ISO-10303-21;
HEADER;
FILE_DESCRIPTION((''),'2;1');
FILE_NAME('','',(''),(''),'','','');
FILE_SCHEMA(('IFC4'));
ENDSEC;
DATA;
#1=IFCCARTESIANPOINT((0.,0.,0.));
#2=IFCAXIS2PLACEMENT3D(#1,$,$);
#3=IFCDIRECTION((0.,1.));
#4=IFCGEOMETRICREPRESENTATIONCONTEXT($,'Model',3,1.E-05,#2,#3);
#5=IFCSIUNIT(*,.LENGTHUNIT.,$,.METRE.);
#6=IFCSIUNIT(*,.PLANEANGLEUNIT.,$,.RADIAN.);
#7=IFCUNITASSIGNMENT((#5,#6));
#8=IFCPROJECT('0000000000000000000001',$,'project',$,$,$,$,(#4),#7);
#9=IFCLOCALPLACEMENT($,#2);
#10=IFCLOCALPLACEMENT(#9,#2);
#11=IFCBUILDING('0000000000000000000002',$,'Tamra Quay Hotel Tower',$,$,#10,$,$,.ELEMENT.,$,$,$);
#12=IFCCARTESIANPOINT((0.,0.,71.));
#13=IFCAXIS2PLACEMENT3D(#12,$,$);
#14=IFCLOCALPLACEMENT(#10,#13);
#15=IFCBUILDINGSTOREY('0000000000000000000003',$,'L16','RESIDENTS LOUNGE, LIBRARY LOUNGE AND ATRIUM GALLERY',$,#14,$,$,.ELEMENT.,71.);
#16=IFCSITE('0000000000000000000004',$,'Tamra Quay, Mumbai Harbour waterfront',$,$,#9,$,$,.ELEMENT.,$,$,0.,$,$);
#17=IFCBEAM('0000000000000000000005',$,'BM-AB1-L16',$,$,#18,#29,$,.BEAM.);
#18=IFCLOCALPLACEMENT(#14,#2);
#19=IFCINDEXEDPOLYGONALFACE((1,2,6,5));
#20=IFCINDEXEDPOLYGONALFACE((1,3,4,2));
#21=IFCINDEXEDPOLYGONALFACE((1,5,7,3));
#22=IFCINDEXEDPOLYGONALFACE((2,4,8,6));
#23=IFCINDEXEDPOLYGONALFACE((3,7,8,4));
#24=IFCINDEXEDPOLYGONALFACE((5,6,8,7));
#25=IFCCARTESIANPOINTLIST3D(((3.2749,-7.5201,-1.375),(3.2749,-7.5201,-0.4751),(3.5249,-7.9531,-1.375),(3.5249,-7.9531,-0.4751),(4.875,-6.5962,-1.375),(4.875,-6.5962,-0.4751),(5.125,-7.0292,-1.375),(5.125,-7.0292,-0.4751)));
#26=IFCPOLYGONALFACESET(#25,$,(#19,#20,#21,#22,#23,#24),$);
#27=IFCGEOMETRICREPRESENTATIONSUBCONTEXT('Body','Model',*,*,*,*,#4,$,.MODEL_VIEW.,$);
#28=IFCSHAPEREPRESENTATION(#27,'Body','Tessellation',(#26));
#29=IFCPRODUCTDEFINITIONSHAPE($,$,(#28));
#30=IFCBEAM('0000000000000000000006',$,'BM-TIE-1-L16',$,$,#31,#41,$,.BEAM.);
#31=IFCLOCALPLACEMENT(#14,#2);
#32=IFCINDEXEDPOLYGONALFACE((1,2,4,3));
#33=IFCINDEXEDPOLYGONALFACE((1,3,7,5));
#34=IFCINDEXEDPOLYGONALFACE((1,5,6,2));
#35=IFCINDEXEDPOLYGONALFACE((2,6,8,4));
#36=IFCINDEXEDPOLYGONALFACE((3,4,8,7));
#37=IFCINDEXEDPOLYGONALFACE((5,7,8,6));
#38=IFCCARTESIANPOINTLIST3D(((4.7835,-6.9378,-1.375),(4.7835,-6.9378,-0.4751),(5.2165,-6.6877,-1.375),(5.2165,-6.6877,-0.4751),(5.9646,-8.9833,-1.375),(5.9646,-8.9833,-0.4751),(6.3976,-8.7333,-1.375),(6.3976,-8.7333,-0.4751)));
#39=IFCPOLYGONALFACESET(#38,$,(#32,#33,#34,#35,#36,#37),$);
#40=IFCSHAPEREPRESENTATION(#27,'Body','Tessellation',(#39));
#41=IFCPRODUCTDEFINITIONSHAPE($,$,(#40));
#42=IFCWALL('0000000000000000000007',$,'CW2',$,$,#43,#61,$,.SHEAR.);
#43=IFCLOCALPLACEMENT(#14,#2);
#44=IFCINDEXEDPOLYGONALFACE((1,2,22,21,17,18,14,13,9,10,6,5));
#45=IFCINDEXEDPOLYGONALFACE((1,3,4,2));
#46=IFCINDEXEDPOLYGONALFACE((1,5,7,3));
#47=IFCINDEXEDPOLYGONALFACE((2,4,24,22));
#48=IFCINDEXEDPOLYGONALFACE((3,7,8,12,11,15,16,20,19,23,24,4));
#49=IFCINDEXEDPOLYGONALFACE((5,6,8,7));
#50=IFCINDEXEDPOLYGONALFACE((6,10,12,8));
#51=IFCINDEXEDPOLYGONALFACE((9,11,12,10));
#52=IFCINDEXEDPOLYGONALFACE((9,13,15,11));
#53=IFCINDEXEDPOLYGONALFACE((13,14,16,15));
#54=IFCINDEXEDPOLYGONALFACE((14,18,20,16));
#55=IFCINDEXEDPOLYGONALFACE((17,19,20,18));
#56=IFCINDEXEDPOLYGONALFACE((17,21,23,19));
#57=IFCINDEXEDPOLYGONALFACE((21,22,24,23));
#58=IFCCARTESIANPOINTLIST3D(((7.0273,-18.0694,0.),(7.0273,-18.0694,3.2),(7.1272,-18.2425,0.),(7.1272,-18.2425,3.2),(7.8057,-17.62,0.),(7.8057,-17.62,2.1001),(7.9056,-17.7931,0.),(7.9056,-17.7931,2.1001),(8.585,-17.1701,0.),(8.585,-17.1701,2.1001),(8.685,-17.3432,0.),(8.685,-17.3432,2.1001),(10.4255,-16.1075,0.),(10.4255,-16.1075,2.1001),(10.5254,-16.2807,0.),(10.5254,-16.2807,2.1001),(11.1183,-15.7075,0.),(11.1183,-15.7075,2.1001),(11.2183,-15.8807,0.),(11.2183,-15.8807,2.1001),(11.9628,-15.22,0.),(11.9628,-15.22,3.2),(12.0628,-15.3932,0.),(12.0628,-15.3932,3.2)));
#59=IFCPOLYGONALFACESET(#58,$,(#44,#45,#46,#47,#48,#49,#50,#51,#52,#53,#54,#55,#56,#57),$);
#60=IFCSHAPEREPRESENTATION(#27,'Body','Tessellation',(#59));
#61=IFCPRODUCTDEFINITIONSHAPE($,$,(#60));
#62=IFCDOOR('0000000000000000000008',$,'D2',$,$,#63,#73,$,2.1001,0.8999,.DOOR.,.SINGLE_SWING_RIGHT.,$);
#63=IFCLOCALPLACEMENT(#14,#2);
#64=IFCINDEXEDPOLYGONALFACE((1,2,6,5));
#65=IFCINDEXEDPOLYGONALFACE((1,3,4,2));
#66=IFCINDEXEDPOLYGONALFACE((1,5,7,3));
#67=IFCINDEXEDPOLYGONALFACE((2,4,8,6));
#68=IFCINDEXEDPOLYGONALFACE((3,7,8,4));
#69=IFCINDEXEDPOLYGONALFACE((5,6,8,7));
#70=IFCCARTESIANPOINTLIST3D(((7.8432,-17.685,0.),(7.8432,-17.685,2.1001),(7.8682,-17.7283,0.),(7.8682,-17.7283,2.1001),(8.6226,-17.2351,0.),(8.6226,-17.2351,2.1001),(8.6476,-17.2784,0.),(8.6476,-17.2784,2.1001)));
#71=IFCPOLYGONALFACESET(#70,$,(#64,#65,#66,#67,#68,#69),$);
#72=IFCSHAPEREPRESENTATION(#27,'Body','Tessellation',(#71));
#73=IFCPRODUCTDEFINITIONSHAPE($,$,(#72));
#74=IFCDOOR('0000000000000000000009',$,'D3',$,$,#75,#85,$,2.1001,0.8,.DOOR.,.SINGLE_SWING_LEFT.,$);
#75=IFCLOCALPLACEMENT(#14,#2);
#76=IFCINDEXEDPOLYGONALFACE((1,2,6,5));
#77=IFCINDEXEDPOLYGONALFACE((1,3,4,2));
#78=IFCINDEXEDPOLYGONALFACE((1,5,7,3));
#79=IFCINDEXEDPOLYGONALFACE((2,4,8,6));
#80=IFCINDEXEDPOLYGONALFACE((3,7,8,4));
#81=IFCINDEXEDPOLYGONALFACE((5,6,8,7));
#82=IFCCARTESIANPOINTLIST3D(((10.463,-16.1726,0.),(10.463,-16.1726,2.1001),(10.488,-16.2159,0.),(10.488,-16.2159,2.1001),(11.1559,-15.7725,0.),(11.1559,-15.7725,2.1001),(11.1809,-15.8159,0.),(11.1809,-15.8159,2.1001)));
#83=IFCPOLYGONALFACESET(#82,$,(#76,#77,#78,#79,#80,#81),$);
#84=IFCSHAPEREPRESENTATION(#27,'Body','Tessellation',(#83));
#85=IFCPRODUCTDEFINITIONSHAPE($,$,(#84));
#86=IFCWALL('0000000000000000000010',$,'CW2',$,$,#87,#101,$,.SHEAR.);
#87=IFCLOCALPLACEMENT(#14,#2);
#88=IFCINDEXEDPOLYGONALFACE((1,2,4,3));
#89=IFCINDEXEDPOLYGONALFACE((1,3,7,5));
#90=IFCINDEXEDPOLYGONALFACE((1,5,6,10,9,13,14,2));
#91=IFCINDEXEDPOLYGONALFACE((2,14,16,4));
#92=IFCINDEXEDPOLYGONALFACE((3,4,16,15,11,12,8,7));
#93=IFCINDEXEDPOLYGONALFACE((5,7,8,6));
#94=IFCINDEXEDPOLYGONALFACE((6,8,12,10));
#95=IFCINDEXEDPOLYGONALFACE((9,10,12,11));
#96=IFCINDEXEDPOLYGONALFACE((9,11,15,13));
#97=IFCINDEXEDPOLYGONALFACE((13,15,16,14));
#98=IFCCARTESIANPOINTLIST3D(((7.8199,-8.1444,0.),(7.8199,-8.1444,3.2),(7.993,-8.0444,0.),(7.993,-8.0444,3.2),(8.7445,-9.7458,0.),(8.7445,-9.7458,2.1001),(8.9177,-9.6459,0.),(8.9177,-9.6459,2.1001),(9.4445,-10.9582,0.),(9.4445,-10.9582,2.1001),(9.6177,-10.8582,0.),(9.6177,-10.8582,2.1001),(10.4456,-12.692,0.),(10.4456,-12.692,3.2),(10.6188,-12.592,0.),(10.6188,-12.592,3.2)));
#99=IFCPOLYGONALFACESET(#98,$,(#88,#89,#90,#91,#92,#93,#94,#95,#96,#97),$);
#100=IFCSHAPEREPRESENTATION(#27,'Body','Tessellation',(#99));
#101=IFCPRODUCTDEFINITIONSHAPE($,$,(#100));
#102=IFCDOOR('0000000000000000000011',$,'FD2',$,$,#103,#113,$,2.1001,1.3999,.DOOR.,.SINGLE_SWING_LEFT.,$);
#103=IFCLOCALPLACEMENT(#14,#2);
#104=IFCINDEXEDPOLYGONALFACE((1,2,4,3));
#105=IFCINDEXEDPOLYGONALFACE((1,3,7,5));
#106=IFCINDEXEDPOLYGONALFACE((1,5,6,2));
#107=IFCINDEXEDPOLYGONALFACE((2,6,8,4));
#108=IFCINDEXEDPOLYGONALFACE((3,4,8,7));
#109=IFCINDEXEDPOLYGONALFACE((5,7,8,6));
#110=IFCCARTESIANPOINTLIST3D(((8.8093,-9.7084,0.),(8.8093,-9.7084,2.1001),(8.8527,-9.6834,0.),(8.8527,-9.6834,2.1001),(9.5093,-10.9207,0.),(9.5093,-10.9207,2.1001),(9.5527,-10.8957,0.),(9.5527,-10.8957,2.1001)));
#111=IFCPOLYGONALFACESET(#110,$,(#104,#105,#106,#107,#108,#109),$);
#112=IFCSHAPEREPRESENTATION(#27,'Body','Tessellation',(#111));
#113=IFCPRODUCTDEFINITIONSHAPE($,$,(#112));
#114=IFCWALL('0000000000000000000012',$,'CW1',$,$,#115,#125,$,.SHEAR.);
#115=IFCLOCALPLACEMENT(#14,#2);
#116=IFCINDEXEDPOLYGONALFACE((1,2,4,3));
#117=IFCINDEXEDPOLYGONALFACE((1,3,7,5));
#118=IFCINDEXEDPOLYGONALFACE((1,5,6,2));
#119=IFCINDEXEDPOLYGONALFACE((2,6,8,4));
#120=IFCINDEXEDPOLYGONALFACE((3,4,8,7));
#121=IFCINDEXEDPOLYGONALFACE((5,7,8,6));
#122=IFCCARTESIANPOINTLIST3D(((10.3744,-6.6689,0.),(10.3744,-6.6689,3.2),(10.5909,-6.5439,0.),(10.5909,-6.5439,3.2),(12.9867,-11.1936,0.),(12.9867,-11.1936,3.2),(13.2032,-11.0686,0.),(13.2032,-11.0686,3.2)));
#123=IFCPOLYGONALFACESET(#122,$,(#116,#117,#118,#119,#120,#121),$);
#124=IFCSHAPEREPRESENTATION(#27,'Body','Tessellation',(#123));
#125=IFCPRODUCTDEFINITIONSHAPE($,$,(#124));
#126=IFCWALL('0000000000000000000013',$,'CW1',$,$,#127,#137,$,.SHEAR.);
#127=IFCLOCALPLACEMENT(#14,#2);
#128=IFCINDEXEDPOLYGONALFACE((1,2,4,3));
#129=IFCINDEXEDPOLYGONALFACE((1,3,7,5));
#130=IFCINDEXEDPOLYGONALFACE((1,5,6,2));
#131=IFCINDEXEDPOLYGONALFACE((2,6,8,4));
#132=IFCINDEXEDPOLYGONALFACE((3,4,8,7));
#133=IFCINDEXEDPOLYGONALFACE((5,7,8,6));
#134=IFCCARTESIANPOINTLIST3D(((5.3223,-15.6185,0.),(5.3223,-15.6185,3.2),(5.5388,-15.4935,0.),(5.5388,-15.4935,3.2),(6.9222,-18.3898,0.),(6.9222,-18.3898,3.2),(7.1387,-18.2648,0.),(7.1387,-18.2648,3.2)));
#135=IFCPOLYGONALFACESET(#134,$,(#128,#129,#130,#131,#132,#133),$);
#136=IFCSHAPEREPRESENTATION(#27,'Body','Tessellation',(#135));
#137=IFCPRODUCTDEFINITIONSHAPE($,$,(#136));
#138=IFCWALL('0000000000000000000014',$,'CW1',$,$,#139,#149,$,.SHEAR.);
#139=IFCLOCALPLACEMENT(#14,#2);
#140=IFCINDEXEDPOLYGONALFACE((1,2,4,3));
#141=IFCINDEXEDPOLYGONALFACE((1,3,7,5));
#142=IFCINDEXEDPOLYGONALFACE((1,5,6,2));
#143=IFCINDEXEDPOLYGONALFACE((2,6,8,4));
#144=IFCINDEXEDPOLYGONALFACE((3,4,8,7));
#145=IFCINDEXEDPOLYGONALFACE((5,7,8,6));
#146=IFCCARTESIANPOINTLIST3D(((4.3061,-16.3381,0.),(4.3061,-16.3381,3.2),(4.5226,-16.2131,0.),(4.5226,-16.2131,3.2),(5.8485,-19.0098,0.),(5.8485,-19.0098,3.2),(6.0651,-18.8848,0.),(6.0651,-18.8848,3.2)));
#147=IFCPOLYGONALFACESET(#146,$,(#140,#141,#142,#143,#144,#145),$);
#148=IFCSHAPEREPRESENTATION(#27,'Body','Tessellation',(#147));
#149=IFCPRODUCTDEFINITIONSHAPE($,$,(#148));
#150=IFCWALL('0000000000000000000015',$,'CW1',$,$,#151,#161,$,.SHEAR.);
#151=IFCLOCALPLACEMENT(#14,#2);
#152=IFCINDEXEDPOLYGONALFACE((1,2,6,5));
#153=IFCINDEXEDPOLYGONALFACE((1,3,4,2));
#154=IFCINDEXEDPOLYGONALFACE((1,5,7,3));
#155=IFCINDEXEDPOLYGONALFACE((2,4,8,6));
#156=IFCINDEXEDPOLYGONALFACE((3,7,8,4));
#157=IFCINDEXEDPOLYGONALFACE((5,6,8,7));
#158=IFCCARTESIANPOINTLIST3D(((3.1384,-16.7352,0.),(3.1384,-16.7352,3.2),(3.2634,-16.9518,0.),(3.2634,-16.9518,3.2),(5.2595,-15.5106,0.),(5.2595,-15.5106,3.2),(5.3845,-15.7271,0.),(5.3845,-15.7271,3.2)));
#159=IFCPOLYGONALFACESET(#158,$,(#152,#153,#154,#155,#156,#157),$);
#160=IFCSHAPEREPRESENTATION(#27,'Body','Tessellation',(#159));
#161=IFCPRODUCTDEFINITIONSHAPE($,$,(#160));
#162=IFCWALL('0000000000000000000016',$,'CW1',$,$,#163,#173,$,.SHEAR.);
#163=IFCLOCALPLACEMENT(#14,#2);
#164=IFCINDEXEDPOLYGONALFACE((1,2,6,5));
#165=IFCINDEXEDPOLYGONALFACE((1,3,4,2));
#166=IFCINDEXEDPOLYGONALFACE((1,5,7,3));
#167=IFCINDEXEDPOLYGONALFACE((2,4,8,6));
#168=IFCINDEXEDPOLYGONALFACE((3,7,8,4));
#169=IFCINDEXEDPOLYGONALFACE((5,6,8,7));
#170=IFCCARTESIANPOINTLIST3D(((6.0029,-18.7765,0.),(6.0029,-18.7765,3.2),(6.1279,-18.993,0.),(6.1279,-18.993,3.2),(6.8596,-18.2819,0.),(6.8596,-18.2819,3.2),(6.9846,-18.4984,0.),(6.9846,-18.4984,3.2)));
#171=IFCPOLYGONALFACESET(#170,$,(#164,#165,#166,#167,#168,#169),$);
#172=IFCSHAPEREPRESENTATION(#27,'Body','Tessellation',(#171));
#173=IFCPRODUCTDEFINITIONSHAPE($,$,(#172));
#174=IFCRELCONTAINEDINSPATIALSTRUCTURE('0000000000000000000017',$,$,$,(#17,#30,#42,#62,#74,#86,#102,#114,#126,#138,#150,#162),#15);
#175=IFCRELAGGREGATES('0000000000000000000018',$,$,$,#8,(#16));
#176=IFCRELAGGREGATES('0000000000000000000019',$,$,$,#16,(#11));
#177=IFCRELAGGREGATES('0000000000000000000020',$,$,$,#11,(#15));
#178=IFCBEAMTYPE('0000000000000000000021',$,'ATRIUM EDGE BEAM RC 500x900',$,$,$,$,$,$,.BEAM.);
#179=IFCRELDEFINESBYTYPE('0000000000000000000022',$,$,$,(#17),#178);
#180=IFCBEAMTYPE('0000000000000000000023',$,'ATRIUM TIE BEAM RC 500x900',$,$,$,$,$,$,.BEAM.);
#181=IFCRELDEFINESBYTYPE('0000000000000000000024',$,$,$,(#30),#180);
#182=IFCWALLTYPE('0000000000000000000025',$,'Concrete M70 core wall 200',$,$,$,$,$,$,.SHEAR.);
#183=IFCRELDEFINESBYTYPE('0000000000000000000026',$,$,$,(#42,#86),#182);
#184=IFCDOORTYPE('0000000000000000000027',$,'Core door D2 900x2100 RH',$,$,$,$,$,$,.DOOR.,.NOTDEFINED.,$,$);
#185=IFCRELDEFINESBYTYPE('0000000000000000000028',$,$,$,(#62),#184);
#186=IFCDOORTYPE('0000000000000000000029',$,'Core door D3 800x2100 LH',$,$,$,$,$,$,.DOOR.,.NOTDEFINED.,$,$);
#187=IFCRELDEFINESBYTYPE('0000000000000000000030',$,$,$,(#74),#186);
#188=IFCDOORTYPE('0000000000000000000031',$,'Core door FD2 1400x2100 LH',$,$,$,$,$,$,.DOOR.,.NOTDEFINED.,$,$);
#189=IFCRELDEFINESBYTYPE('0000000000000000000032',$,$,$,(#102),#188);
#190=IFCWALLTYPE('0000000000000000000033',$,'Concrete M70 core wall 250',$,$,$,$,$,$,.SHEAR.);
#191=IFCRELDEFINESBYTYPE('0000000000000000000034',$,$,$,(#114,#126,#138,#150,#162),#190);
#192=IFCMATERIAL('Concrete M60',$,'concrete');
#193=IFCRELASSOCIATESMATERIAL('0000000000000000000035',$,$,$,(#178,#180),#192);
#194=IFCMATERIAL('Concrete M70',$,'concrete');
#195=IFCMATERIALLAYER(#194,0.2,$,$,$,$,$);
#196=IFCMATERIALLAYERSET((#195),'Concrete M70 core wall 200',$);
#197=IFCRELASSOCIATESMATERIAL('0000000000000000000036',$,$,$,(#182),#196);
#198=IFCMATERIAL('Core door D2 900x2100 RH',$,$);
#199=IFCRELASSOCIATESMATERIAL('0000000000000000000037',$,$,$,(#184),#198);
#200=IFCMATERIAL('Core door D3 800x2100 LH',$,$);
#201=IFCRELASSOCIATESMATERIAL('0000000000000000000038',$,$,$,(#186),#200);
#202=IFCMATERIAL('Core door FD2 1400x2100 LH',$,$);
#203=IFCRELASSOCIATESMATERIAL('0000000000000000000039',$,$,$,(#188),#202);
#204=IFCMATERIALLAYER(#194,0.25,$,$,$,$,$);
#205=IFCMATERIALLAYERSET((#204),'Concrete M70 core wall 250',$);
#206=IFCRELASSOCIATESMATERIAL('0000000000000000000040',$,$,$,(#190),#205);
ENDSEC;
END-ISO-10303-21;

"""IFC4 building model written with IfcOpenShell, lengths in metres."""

from ifc_helpers import new_model, si_unit, direction, frame, frame_2d, origin, origin_2d, place, context, subcontext, project, spatial, rectangle, extrude, material, layer, layer_set, material_profile, profile_set, type_object, element, fill, save


model = new_model("IFC4")

# Units and contexts
model_context = context("Model", 3, precision=1e-05, world=origin(), true_north=direction((0.0, 1.0)))
body_context = subcontext(model_context, "Body", "Model", "MODEL_VIEW")
ifc_project = project(units=[si_unit("LENGTHUNIT", "METRE"), si_unit("PLANEANGLEUNIT", "RADIAN")], contexts=[model_context])

# Site, building, storey
site_placement = place(None, origin())
site = spatial("IfcSite", under=ifc_project, at=site_placement, Name="Tamra Quay, Mumbai Harbour waterfront", CompositionType="ELEMENT", RefElevation=0.0)
building_placement = place(site_placement, origin())
building = spatial("IfcBuilding", under=site, at=building_placement, Name="Tamra Quay Hotel Tower", CompositionType="ELEMENT")
storey_placement = place(building_placement, frame((0.0, 0.0, 71.0)))
storey = spatial("IfcBuildingStorey", under=building, at=storey_placement, Name="L16", Description="RESIDENTS LOUNGE, LIBRARY LOUNGE AND ATRIUM GALLERY", CompositionType="ELEMENT", Elevation=71.0)

# Beams
ifc_material_1 = material(Name="Concrete M60", Category="concrete")
ifc_material_profile_1 = material_profile(ifc_material_1, rectangle(XDim=0.5, YDim=0.8999, at=origin_2d()), Name="ATRIUM EDGE BEAM RC 500x900")
ifc_profile_set_1 = profile_set([ifc_material_profile_1], Name="Concrete M60")
beam_type_1 = type_object("IfcBeamType", Name="ATRIUM EDGE BEAM RC 500x900", PredefinedType="BEAM", material=ifc_profile_set_1)
beam_1_placement = place(storey_placement, frame((5.0, -6.8127, -0.925), z_axis=(-0.866023, -0.500005, 0.0), x_axis=(0.500005, -0.866023, 0.0)))
element("IfcBeam", 1, at=beam_1_placement, inside=storey, type_object=beam_type_1, Name="BM-AB1-L16", PredefinedType="BEAM", context=body_context, shape_type="SweptSolid", body=[
    extrude(rectangle(XDim=0.5, YDim=0.8999, at=origin_2d()), origin(), (0.0, 0.0, 1.0), 1.8477),
])
ifc_material_profile_2 = material_profile(ifc_material_1, rectangle(XDim=0.5, YDim=0.8999, at=origin_2d()), Name="ATRIUM TIE BEAM RC 500x900")
ifc_profile_set_2 = profile_set([ifc_material_profile_2], Name="Concrete M60")
beam_type_2 = type_object("IfcBeamType", Name="ATRIUM TIE BEAM RC 500x900", PredefinedType="BEAM", material=ifc_profile_set_2)
beam_2_placement = place(storey_placement, frame((5.0, -6.8127, -0.925), z_axis=(0.50003, -0.866008, 0.0), x_axis=(0.866008, 0.50003, 0.0)))
element("IfcBeam", 2, at=beam_2_placement, inside=storey, type_object=beam_type_2, Name="BM-TIE-1-L16", PredefinedType="BEAM", context=body_context, shape_type="SweptSolid", body=[
    extrude(rectangle(XDim=0.5, YDim=0.8999, at=origin_2d()), origin(), (0.0, 0.0, 1.0), 2.3621),
])

# Wall, openings, doors
ifc_material_2 = material(Name="Concrete M70", Category="concrete")
ifc_layer_1 = layer(ifc_material_2, 0.2)
ifc_layer_set_1 = layer_set([ifc_layer_1], Name="Concrete M70 core wall 200")
wall_type_1 = type_object("IfcWallType", Name="Concrete M70 core wall 200", PredefinedType="SHEAR", material=ifc_layer_set_1)
wall_1_placement = place(storey_placement, frame((7.0771, -18.156, 0.0), z_axis=(0.0, 0.0, 1.0), x_axis=(0.866039, 0.499977, 0.0)))
wall_1 = element("IfcWall", 3, at=wall_1_placement, inside=storey, type_object=wall_type_1, Name="CW2", PredefinedType="SHEAR", context=body_context, shape_type="SweptSolid", body=[
    extrude(rectangle(XDim=5.699, YDim=0.2, at=frame_2d((2.8496, 0.0))), origin(), (0.0, 0.0, 1.0), 3.2),
])
opening_1_placement = place(wall_1_placement, frame((0.8989, 0.0, 0.0)))
opening_1 = element("IfcOpeningElement", 4, at=opening_1_placement, cuts=wall_1, PredefinedType="OPENING", context=body_context, shape_type="SweptSolid", body=[
    extrude(rectangle(XDim=0.8999, YDim=2.1001, at=frame_2d((0.45, 1.05))), frame((0.0, 0.1099, 0.0), z_axis=(0.0, -1.0, 0.0), x_axis=(1.0, 0.0, 0.0)), (0.0, 0.0, 1.0), 0.22),
])
opening_2_placement = place(wall_1_placement, frame((3.9241, 0.0, 0.0)))
opening_2 = element("IfcOpeningElement", 5, at=opening_2_placement, cuts=wall_1, PredefinedType="OPENING", context=body_context, shape_type="SweptSolid", body=[
    extrude(rectangle(XDim=0.8, YDim=2.1001, at=frame_2d((0.3999, 1.05))), frame((0.0, 0.1099, 0.0), z_axis=(0.0, -1.0, 0.0), x_axis=(1.0, 0.0, 0.0)), (0.0, 0.0, 1.0), 0.22),
])
ifc_material_3 = material(Name="Core door D2 900x2100 RH")
door_type_1 = type_object("IfcDoorType", Name="Core door D2 900x2100 RH", OperationType="NOTDEFINED", PredefinedType="DOOR", material=ifc_material_3)
door_1_placement = place(opening_1_placement, origin())
door_1 = element("IfcDoor", 6, at=door_1_placement, inside=storey, type_object=door_type_1, Name="D2", OperationType="SINGLE_SWING_RIGHT", OverallHeight=2.1001, OverallWidth=0.8999, PredefinedType="DOOR", context=body_context, shape_type="SweptSolid", body=[
    extrude(rectangle(XDim=0.8999, YDim=2.1001, at=frame_2d((0.45, 1.05))), frame((0.0, 0.0249, 0.0), z_axis=(0.0, -1.0, 0.0), x_axis=(1.0, 0.0, 0.0)), (0.0, 0.0, 1.0), 0.05),
])
fill(opening_1, door_1)
ifc_material_4 = material(Name="Core door D3 800x2100 LH")
door_type_2 = type_object("IfcDoorType", Name="Core door D3 800x2100 LH", OperationType="NOTDEFINED", PredefinedType="DOOR", material=ifc_material_4)
door_2_placement = place(opening_2_placement, origin())
door_2 = element("IfcDoor", 7, at=door_2_placement, inside=storey, type_object=door_type_2, Name="D3", OperationType="SINGLE_SWING_LEFT", OverallHeight=2.1001, OverallWidth=0.8, PredefinedType="DOOR", context=body_context, shape_type="SweptSolid", body=[
    extrude(rectangle(XDim=0.8, YDim=2.1001, at=frame_2d((0.3999, 1.05))), frame((0.0, 0.0249, 0.0), z_axis=(0.0, -1.0, 0.0), x_axis=(1.0, 0.0, 0.0)), (0.0, 0.0, 1.0), 0.05),
])
fill(opening_2, door_2)

# Wall, opening, door
wall_2_placement = place(storey_placement, frame((7.9065, -8.0945, 0.0), z_axis=(0.0, 0.0, 1.0), x_axis=(0.500024, -0.866011, 0.0)))
wall_2 = element("IfcWall", 8, at=wall_2_placement, inside=storey, type_object=wall_type_1, Name="CW2", PredefinedType="SHEAR", context=body_context, shape_type="SweptSolid", body=[
    extrude(rectangle(XDim=5.2512, YDim=0.2, at=frame_2d((2.6255, 0.0))), origin(), (0.0, 0.0, 1.0), 3.2),
])
opening_3_placement = place(wall_2_placement, frame((1.8491, 0.0, 0.0)))
opening_3 = element("IfcOpeningElement", 9, at=opening_3_placement, cuts=wall_2, PredefinedType="OPENING", context=body_context, shape_type="SweptSolid", body=[
    extrude(rectangle(XDim=1.3999, YDim=2.1001, at=frame_2d((0.7, 1.05))), frame((0.0, 0.1099, 0.0), z_axis=(0.0, -1.0, 0.0), x_axis=(1.0, 0.0, 0.0)), (0.0, 0.0, 1.0), 0.22),
])
ifc_material_5 = material(Name="Core door FD2 1400x2100 LH")
door_type_3 = type_object("IfcDoorType", Name="Core door FD2 1400x2100 LH", OperationType="NOTDEFINED", PredefinedType="DOOR", material=ifc_material_5)
door_3_placement = place(opening_3_placement, origin())
door_3 = element("IfcDoor", 10, at=door_3_placement, inside=storey, type_object=door_type_3, Name="FD2", OperationType="SINGLE_SWING_LEFT", OverallHeight=2.1001, OverallWidth=1.3999, PredefinedType="DOOR", context=body_context, shape_type="SweptSolid", body=[
    extrude(rectangle(XDim=1.3999, YDim=2.1001, at=frame_2d((0.7, 1.05))), frame((0.0, 0.0249, 0.0), z_axis=(0.0, -1.0, 0.0), x_axis=(1.0, 0.0, 0.0)), (0.0, 0.0, 1.0), 0.05),
])
fill(opening_3, door_3)

# Walls
ifc_layer_2 = layer(ifc_material_2, 0.25)
ifc_layer_set_2 = layer_set([ifc_layer_2], Name="Concrete M70 core wall 250")
wall_type_2 = type_object("IfcWallType", Name="Concrete M70 core wall 250", PredefinedType="SHEAR", material=ifc_layer_set_2)
wall_3_placement = place(storey_placement, frame((10.4827, -6.6064, 0.0), z_axis=(0.0, 0.0, 1.0), x_axis=(0.499999, -0.866026, 0.0)))
element("IfcWall", 11, at=wall_3_placement, inside=storey, type_object=wall_type_2, Name="CW1", PredefinedType="SHEAR", context=body_context, shape_type="SweptSolid", body=[
    extrude(rectangle(XDim=5.2246, YDim=0.25, at=frame_2d((2.6123, 0.0))), origin(), (0.0, 0.0, 1.0), 3.2),
])
wall_4_placement = place(storey_placement, frame((7.0305, -18.3274, 0.0), z_axis=(0.0, 0.0, 1.0), x_axis=(-0.499971, 0.866042, 0.0)))
element("IfcWall", 12, at=wall_4_placement, inside=storey, type_object=wall_type_2, Name="CW1", PredefinedType="SHEAR", context=body_context, shape_type="SweptSolid", body=[
    extrude(rectangle(XDim=3.2, YDim=0.25, at=frame_2d((1.6001, 0.0))), origin(), (0.0, 0.0, 1.0), 3.2),
])
wall_5_placement = place(storey_placement, frame((4.4143, -16.2756, 0.0), z_axis=(0.0, 0.0, 1.0), x_axis=(0.500003, -0.866023, 0.0)))
element("IfcWall", 13, at=wall_5_placement, inside=storey, type_object=wall_type_2, Name="CW1", PredefinedType="SHEAR", context=body_context, shape_type="SweptSolid", body=[
    extrude(rectangle(XDim=3.085, YDim=0.25, at=frame_2d((1.5425, 0.0))), origin(), (0.0, 0.0, 1.0), 3.2),
])
wall_6_placement = place(storey_placement, frame((5.322, -15.6189, 0.0), z_axis=(0.0, 0.0, 1.0), x_axis=(-0.866026, -0.499999, 0.0)))
element("IfcWall", 14, at=wall_6_placement, inside=storey, type_object=wall_type_2, Name="CW1", PredefinedType="SHEAR", context=body_context, shape_type="SweptSolid", body=[
    extrude(rectangle(XDim=2.4492, YDim=0.25, at=frame_2d((1.2246, 0.0))), origin(), (0.0, 0.0, 1.0), 3.2),
])
wall_7_placement = place(storey_placement, frame((6.0654, -18.8848, 0.0), z_axis=(0.0, 0.0, 1.0), x_axis=(0.866017, 0.500014, 0.0)))
element("IfcWall", 15, at=wall_7_placement, inside=storey, type_object=wall_type_2, Name="CW1", PredefinedType="SHEAR", context=body_context, shape_type="SweptSolid", body=[
    extrude(rectangle(XDim=0.9893, YDim=0.25, at=frame_2d((0.4946, 0.0))), origin(), (0.0, 0.0, 1.0), 3.2),
])

save(model, "model.ifc")
